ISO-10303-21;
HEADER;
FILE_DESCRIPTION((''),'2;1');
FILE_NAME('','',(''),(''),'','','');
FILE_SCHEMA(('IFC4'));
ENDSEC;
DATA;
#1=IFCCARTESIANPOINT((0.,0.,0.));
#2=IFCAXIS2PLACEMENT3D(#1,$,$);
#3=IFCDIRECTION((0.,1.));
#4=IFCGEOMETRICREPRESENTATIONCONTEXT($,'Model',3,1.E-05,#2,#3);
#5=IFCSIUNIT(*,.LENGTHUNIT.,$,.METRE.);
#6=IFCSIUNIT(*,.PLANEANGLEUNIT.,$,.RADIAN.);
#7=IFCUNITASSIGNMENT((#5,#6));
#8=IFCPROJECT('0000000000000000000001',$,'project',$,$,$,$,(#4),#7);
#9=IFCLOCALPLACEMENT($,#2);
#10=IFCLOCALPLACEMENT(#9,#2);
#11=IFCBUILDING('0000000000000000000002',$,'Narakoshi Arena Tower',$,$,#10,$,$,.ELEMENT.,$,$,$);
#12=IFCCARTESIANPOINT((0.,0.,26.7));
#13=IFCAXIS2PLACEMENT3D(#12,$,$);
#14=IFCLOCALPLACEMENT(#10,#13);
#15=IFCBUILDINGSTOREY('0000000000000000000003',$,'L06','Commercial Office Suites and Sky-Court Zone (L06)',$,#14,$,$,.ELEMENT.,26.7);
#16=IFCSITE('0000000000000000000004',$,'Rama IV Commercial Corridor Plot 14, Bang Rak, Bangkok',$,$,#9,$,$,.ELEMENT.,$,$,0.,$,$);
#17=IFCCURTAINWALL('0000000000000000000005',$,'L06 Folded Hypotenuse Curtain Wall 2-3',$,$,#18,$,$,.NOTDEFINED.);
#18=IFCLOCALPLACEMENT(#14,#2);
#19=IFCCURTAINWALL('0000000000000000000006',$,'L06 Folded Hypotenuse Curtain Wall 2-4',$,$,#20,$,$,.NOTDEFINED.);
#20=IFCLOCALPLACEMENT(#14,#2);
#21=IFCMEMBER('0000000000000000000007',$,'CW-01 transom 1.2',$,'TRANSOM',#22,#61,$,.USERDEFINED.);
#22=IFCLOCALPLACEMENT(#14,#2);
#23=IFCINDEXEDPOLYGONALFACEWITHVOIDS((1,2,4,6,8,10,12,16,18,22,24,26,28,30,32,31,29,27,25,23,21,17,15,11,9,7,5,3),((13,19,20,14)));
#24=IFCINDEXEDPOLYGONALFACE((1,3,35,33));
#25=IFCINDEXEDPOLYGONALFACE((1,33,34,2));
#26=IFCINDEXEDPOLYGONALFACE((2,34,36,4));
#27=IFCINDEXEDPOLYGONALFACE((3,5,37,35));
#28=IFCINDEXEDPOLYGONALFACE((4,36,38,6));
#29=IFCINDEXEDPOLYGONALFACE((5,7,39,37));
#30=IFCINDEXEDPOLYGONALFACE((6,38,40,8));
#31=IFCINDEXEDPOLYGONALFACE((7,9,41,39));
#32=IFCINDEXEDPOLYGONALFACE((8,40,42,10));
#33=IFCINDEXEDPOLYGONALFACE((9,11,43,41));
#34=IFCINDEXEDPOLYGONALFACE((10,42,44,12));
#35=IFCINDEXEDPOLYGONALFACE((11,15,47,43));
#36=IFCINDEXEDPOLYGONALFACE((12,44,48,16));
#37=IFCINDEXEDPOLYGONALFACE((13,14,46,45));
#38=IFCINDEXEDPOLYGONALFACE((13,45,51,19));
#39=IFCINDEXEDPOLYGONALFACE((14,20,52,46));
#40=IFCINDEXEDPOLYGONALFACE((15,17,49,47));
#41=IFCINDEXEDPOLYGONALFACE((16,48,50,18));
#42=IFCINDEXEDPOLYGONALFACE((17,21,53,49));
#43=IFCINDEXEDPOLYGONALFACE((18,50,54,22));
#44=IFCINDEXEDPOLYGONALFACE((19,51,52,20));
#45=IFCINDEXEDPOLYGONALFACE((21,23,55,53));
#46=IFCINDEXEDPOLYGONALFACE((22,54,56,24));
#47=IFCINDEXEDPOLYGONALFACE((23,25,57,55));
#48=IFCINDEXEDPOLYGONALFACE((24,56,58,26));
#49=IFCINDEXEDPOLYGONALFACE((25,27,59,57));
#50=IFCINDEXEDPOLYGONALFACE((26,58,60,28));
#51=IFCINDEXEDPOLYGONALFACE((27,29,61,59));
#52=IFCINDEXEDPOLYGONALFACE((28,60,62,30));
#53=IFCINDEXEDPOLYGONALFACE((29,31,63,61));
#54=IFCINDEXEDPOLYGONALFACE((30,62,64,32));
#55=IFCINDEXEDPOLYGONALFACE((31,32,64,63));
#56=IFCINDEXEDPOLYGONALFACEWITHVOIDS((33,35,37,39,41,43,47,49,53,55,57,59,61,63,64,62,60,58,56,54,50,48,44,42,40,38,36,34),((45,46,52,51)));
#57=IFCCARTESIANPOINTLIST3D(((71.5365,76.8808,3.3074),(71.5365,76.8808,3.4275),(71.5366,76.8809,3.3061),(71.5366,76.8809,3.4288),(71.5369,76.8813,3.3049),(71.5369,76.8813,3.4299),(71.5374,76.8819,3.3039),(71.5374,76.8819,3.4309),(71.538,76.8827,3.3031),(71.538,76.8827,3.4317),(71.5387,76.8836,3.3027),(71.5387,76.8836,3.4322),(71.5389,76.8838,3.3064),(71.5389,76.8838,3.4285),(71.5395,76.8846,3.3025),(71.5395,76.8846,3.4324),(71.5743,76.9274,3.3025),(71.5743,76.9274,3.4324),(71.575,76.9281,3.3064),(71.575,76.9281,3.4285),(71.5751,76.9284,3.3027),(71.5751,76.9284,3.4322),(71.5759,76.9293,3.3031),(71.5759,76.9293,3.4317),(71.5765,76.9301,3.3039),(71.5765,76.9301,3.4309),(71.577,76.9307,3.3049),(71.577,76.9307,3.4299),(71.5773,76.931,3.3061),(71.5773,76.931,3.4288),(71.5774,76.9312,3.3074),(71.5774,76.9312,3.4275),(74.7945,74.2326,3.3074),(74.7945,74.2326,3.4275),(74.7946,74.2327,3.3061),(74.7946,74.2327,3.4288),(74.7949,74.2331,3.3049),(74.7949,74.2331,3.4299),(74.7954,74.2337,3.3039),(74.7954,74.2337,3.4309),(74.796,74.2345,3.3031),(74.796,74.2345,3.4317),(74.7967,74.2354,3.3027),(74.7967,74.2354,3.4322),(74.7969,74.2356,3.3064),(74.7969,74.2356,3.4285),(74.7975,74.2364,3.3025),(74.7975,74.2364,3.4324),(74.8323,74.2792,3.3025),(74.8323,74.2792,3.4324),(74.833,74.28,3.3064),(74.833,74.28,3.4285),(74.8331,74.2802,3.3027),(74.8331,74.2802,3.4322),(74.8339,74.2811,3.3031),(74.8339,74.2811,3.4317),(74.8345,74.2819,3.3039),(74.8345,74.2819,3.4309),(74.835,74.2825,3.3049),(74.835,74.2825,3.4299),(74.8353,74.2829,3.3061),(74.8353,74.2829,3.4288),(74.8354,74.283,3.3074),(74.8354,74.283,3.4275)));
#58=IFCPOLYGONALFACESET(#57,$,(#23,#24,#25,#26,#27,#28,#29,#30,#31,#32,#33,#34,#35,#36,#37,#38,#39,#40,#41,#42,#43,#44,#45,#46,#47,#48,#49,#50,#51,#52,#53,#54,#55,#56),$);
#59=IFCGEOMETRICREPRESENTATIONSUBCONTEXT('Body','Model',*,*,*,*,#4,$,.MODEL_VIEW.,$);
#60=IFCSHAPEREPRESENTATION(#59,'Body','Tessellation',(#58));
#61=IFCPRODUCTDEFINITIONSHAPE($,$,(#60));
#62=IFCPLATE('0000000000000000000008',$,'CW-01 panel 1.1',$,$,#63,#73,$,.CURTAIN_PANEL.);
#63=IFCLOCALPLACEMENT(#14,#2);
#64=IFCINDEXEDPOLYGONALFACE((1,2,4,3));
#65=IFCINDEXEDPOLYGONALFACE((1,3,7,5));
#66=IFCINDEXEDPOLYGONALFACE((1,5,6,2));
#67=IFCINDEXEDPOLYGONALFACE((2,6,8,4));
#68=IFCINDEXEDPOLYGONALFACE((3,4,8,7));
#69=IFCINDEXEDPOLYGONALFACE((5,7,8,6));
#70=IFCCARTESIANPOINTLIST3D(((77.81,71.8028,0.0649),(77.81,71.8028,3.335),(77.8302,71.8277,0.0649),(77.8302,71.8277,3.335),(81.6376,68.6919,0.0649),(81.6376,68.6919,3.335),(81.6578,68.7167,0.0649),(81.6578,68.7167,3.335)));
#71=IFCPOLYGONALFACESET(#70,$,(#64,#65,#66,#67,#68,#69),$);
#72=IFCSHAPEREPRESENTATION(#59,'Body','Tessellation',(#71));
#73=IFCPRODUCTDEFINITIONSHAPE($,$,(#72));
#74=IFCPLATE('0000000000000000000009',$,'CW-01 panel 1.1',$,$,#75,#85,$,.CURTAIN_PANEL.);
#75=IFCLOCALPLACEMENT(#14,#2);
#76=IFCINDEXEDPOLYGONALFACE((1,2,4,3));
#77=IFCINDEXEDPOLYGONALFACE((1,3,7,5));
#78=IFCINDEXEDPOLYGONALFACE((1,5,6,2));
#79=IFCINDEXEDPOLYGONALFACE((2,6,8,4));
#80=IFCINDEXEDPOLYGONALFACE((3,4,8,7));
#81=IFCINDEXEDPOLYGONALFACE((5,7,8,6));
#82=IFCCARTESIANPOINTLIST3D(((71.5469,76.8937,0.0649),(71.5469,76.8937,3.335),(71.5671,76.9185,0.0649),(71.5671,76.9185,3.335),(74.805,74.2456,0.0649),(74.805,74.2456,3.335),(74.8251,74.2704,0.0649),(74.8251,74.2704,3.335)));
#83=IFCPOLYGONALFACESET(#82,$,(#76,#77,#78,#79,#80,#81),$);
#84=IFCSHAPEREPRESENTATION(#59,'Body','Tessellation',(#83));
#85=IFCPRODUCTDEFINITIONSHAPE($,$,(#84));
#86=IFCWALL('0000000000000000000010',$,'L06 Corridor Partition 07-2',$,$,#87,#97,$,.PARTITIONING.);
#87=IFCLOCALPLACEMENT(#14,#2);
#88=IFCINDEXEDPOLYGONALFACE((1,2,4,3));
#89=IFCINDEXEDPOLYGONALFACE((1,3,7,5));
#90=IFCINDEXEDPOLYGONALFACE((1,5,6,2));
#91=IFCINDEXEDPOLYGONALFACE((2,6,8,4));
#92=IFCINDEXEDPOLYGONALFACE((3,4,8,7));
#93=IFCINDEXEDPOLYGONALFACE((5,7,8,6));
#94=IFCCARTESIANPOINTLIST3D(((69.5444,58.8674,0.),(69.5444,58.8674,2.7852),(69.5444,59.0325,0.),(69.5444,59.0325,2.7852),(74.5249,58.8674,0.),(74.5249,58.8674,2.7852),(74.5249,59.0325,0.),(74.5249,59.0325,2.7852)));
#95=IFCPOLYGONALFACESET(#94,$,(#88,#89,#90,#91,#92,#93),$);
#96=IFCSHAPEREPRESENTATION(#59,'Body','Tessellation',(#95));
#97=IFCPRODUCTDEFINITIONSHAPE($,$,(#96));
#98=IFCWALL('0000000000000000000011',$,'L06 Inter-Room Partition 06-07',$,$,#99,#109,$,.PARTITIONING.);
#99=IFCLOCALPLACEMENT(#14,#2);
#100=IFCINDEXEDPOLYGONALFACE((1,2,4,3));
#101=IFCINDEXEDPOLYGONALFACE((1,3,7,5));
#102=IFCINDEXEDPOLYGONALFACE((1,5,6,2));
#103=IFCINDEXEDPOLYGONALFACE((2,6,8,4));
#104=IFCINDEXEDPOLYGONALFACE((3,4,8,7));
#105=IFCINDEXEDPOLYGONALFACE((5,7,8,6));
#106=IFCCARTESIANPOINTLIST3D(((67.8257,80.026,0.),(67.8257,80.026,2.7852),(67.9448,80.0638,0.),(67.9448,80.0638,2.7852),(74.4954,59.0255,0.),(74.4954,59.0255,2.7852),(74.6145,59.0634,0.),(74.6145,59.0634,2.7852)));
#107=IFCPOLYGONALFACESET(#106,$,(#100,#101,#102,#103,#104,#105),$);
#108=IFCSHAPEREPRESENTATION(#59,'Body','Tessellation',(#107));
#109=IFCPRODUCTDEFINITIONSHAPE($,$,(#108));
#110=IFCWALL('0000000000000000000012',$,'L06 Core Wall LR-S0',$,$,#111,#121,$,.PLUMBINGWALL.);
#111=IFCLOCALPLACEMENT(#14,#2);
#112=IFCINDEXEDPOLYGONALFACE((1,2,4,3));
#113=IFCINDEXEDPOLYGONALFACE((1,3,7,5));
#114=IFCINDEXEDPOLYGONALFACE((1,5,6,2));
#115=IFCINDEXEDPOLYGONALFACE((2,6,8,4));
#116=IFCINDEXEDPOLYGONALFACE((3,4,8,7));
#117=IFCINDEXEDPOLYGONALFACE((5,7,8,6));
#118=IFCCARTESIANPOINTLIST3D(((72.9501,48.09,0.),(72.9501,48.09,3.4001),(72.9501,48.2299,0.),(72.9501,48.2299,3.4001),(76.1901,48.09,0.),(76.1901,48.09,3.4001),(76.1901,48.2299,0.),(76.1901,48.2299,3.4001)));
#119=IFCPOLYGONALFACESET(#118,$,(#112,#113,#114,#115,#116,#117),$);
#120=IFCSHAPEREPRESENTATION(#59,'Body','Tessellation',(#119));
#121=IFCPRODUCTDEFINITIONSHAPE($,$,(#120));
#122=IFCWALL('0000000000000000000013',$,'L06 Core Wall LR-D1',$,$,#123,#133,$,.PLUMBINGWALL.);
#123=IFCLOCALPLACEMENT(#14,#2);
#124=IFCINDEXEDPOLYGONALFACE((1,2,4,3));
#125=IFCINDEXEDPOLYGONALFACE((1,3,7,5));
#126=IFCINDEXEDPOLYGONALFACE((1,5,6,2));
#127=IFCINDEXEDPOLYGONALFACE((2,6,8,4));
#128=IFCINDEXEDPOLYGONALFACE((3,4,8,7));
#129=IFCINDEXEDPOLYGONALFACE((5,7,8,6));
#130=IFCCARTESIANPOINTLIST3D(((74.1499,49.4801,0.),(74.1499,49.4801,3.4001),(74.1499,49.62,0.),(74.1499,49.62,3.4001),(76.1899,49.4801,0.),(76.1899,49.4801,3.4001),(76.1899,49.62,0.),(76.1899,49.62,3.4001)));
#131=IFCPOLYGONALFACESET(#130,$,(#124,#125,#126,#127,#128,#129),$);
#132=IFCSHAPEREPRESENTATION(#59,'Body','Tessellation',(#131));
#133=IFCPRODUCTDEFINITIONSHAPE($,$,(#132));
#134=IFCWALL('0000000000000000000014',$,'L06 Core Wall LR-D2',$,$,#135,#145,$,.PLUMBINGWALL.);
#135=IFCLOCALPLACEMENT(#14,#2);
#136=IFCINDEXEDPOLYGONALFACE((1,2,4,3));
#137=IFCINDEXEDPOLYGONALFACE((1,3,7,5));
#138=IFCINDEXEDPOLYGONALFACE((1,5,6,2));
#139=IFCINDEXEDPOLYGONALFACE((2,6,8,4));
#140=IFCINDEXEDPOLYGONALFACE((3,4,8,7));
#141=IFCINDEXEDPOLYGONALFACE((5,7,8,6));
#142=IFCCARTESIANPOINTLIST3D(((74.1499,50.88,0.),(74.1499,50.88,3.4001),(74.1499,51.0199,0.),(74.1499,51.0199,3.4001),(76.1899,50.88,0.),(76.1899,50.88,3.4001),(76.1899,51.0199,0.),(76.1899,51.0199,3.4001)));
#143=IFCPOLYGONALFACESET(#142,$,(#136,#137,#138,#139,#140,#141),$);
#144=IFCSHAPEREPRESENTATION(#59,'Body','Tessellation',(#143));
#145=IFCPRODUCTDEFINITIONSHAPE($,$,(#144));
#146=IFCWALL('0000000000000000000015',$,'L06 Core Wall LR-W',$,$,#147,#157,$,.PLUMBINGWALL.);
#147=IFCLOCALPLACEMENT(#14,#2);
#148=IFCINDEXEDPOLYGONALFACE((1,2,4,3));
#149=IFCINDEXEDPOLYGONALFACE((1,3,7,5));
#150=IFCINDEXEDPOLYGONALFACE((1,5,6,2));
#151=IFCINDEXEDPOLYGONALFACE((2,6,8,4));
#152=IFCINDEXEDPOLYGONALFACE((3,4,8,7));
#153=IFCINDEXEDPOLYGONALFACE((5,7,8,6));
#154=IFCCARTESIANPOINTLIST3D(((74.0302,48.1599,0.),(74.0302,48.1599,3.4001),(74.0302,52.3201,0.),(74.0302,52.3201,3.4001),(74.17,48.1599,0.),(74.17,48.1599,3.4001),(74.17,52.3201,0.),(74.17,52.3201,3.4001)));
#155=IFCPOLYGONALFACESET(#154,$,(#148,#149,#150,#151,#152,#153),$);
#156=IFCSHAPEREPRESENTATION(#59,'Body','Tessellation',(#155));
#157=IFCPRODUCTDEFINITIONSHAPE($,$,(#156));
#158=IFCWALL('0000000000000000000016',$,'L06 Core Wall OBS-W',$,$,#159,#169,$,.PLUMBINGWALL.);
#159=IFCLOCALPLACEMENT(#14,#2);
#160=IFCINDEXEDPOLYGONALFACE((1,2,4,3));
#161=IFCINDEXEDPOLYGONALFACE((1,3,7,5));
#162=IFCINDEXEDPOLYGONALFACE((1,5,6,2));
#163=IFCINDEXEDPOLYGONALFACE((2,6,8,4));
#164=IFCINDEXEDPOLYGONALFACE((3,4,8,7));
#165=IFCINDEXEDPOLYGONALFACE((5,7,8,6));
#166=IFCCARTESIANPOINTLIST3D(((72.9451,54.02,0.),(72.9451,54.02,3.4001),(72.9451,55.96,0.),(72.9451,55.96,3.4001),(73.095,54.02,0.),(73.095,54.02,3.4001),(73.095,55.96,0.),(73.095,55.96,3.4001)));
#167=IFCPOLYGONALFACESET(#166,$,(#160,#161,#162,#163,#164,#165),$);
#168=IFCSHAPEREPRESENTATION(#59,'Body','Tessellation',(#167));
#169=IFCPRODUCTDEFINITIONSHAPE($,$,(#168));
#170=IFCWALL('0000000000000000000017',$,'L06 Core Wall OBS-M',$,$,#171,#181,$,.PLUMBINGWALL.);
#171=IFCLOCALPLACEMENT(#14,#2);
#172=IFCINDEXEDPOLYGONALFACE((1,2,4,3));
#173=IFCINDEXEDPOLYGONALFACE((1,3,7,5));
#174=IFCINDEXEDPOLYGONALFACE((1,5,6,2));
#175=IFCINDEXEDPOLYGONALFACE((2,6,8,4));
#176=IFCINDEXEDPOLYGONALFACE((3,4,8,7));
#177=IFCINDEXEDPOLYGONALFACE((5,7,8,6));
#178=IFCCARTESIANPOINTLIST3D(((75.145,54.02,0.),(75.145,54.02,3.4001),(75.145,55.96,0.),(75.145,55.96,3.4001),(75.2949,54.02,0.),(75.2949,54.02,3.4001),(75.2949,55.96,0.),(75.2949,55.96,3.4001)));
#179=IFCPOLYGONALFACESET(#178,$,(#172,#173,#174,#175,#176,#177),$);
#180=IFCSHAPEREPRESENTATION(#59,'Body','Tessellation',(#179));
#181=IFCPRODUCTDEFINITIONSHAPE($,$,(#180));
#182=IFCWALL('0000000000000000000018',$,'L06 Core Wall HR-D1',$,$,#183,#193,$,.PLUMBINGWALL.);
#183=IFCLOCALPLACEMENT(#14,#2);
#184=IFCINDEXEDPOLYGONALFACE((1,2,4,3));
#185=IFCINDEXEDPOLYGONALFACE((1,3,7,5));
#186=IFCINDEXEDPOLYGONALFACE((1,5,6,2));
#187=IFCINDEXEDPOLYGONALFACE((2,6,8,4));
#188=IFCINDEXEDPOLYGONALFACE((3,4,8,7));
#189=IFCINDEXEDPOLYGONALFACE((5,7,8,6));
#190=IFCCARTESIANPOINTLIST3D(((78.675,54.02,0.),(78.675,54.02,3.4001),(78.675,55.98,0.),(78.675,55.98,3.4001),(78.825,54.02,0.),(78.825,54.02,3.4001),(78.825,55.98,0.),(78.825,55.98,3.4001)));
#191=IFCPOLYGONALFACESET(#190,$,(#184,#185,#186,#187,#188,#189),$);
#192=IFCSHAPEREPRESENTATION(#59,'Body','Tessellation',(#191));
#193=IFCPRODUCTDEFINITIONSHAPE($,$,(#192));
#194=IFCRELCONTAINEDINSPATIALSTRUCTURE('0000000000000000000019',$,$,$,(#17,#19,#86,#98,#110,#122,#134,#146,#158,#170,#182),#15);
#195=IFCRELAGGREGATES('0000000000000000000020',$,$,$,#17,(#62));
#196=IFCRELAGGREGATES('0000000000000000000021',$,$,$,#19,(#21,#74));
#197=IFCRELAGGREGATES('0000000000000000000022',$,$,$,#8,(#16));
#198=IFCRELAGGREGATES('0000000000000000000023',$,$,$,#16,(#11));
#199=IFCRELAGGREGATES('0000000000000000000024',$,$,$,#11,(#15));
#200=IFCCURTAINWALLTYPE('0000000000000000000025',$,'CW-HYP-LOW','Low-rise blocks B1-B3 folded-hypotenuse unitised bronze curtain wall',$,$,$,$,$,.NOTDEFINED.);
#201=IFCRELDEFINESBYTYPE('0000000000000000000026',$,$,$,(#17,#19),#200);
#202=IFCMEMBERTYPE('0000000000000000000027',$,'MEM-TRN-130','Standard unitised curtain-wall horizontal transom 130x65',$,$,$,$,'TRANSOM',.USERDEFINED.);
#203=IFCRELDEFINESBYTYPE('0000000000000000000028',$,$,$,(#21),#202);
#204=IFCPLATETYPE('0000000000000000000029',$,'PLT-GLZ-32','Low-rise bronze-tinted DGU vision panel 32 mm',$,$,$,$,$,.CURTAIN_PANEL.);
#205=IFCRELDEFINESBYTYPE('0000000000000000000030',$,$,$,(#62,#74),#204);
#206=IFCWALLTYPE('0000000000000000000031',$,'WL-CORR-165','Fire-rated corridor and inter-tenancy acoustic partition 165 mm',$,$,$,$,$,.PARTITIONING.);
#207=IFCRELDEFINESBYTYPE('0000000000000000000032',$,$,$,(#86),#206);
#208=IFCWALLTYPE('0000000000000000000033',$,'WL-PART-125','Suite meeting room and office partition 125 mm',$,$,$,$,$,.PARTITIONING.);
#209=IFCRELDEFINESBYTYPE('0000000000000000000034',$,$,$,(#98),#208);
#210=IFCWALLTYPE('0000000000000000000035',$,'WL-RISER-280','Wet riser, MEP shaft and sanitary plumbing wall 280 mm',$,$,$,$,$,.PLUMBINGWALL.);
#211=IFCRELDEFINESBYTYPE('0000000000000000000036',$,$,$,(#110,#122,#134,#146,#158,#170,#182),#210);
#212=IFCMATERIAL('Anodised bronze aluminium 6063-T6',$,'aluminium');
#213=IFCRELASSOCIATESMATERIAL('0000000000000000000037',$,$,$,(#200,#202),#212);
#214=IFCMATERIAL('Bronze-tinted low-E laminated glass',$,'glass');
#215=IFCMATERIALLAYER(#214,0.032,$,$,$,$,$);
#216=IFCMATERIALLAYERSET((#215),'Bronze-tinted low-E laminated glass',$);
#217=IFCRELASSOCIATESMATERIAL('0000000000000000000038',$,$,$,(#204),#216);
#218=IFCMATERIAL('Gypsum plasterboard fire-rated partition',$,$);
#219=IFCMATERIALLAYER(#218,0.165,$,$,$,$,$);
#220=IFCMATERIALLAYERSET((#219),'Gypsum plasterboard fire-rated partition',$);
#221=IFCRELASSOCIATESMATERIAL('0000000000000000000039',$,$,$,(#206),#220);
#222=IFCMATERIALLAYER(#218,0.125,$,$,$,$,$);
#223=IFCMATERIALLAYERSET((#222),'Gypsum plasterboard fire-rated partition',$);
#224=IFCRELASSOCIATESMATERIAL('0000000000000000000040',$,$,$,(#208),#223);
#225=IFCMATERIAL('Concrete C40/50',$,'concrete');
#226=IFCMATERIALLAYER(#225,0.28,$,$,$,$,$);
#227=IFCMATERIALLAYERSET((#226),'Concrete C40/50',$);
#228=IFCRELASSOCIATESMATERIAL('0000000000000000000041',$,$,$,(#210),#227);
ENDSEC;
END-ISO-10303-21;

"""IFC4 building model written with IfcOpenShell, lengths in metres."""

from ifc_helpers import new_model, si_unit, direction, frame, frame_2d, origin, origin_2d, place, context, subcontext, project, spatial, rectangle, hollow_rectangle, extrude, material, layer, layer_set, material_profile, profile_set, type_object, element, aggregate, save


model = new_model("IFC4")

# Units and contexts
model_context = context("Model", 3, precision=1e-05, world=origin(), true_north=direction((0.0, 1.0)))
body_context = subcontext(model_context, "Body", "Model", "MODEL_VIEW")
ifc_project = project(units=[si_unit("LENGTHUNIT", "METRE"), si_unit("PLANEANGLEUNIT", "RADIAN")], contexts=[model_context])

# Site, building, storey
site_placement = place(None, origin())
site = spatial("IfcSite", under=ifc_project, at=site_placement, Name="Rama IV Commercial Corridor Plot 14, Bang Rak, Bangkok", CompositionType="ELEMENT", RefElevation=0.0)
building_placement = place(site_placement, origin())
building = spatial("IfcBuilding", under=site, at=building_placement, Name="Narakoshi Arena Tower", CompositionType="ELEMENT")
storey_placement = place(building_placement, frame((0.0, 0.0, 26.7)))
storey = spatial("IfcBuildingStorey", under=building, at=storey_placement, Name="L06", Description="Commercial Office Suites and Sky-Court Zone (L06)", CompositionType="ELEMENT", Elevation=26.7)

# Curtain wall
ifc_material_1 = material(Name="Anodised bronze aluminium 6063-T6", Category="aluminium")
curtain_wall_type = type_object("IfcCurtainWallType", Name="CW-HYP-LOW", Description="Low-rise blocks B1-B3 folded-hypotenuse unitised bronze curtain wall", PredefinedType="NOTDEFINED", material=ifc_material_1)
curtain_wall_1_placement = place(storey_placement, origin())
curtain_wall_1 = element("IfcCurtainWall", 1, at=curtain_wall_1_placement, inside=storey, type_object=curtain_wall_type, Name="L06 Folded Hypotenuse Curtain Wall 2-3", PredefinedType="NOTDEFINED")

# Curtain wall, member
curtain_wall_2_placement = place(storey_placement, origin())
curtain_wall_2 = element("IfcCurtainWall", 2, at=curtain_wall_2_placement, inside=storey, type_object=curtain_wall_type, Name="L06 Folded Hypotenuse Curtain Wall 2-4", PredefinedType="NOTDEFINED")
ifc_material_profile_1 = material_profile(ifc_material_1, hollow_rectangle(XDim=0.0649, YDim=0.1299, WallThickness=0.0039, OuterFilletRadius=0.0049, at=origin_2d()), Name="TRN130x65x4")
ifc_profile_set_1 = profile_set([ifc_material_profile_1], Name="Anodised bronze aluminium 6063-T6")
member_type_1 = type_object("IfcMemberType", Name="MEM-TRN-130", Description="Standard unitised curtain-wall horizontal transom 130x65", ElementType="TRANSOM", PredefinedType="USERDEFINED", material=ifc_profile_set_1)
member_1_placement = place(storey_placement, frame((74.8149, 74.2578, 3.3674), z_axis=(-0.775995, 0.630739, 0.0), x_axis=(-0.630739, -0.775995, 0.0)))
member_1 = element("IfcMember", 3, at=member_1_placement, type_object=member_type_1, Name="CW-01 transom 1.2", ObjectType="TRANSOM", PredefinedType="USERDEFINED", context=body_context, shape_type="SweptSolid", body=[
    extrude(hollow_rectangle(XDim=0.0649, YDim=0.1299, WallThickness=0.0039, OuterFilletRadius=0.0049, at=origin_2d()), origin(), (0.0, 0.0, 1.0), 4.1985),
])

# Plates
ifc_material_2 = material(Name="Bronze-tinted low-E laminated glass", Category="glass")
ifc_layer_1 = layer(ifc_material_2, 0.032)
ifc_layer_set_1 = layer_set([ifc_layer_1], Name="Bronze-tinted low-E laminated glass")
plate_type = type_object("IfcPlateType", Name="PLT-GLZ-32", Description="Low-rise bronze-tinted DGU vision panel 32 mm", PredefinedType="CURTAIN_PANEL", material=ifc_layer_set_1)
plate_1_placement = place(storey_placement, frame((79.7339, 70.2598, 0.0649), z_axis=(0.0, 0.0, 1.0), x_axis=(-0.776008, 0.630723, 0.0)))
plate_1 = element("IfcPlate", 4, at=plate_1_placement, type_object=plate_type, Name="CW-01 panel 1.1", PredefinedType="CURTAIN_PANEL", context=body_context, shape_type="SweptSolid", body=[
    extrude(rectangle(XDim=4.9324, YDim=0.032, at=origin_2d()), origin(), (0.0, 0.0, 1.0), 3.27),
])
aggregate(curtain_wall_1, [plate_1])
plate_2_placement = place(storey_placement, frame((73.186, 75.582, 0.0649), z_axis=(0.0, 0.0, 1.0), x_axis=(-0.775999, 0.630734, 0.0)))
plate_2 = element("IfcPlate", 5, at=plate_2_placement, type_object=plate_type, Name="CW-01 panel 1.1", PredefinedType="CURTAIN_PANEL", context=body_context, shape_type="SweptSolid", body=[
    extrude(rectangle(XDim=4.1985, YDim=0.032, at=origin_2d()), origin(), (0.0, 0.0, 1.0), 3.27),
])
aggregate(curtain_wall_2, [member_1, plate_2])

# Walls
ifc_material_3 = material(Name="Gypsum plasterboard fire-rated partition")
ifc_layer_2 = layer(ifc_material_3, 0.165)
ifc_layer_set_2 = layer_set([ifc_layer_2], Name="Gypsum plasterboard fire-rated partition")
wall_type_1 = type_object("IfcWallType", Name="WL-CORR-165", Description="Fire-rated corridor and inter-tenancy acoustic partition 165 mm", PredefinedType="PARTITIONING", material=ifc_layer_set_2)
wall_1_placement = place(storey_placement, frame((74.5249, 58.95, 0.0), z_axis=(0.0, 0.0, 1.0), x_axis=(-1.0, 0.0, 0.0)))
element("IfcWall", 6, at=wall_1_placement, inside=storey, type_object=wall_type_1, Name="L06 Corridor Partition 07-2", PredefinedType="PARTITIONING", context=body_context, shape_type="SweptSolid", body=[
    extrude(rectangle(XDim=4.9805, YDim=0.165, at=frame_2d((2.4902, 0.0))), origin(), (0.0, 0.0, 1.0), 2.7852),
])
ifc_layer_3 = layer(ifc_material_3, 0.125)
ifc_layer_set_3 = layer_set([ifc_layer_3], Name="Gypsum plasterboard fire-rated partition")
wall_type_2 = type_object("IfcWallType", Name="WL-PART-125", Description="Suite meeting room and office partition 125 mm", PredefinedType="PARTITIONING", material=ifc_layer_set_3)
wall_2_placement = place(storey_placement, frame((74.5549, 59.0444, 0.0), z_axis=(0.0, 0.0, 1.0), x_axis=(-0.302697, 0.953087, 0.0)))
element("IfcWall", 7, at=wall_2_placement, inside=storey, type_object=wall_type_2, Name="L06 Inter-Room Partition 06-07", PredefinedType="PARTITIONING", context=body_context, shape_type="SweptSolid", body=[
    extrude(rectangle(XDim=22.0342, YDim=0.125, at=frame_2d((11.0171, 0.0))), origin(), (0.0, 0.0, 1.0), 2.7852),
])
ifc_material_4 = material(Name="Concrete C40/50", Category="concrete")
ifc_layer_4 = layer(ifc_material_4, 0.28)
ifc_layer_set_4 = layer_set([ifc_layer_4], Name="Concrete C40/50")
wall_type_3 = type_object("IfcWallType", Name="WL-RISER-280", Description="Wet riser, MEP shaft and sanitary plumbing wall 280 mm", PredefinedType="PLUMBINGWALL", material=ifc_layer_set_4)
wall_3_placement = place(storey_placement, frame((72.95, 48.1599, 0.0), z_axis=(0.0, 0.0, 1.0), x_axis=(1.0, 0.0, 0.0)))
element("IfcWall", 8, at=wall_3_placement, inside=storey, type_object=wall_type_3, Name="L06 Core Wall LR-S0", PredefinedType="PLUMBINGWALL", context=body_context, shape_type="SweptSolid", body=[
    extrude(rectangle(XDim=3.24, YDim=0.1399, at=frame_2d((1.6201, 0.0))), origin(), (0.0, 0.0, 1.0), 3.4001),
])
for number, where, z_axis, x_axis, name in (
    (9, (74.1499, 49.55, 0.0), (0.0, 0.0, 1.0), (1.0, 0.0, 0.0), "L06 Core Wall LR-D1"),
    (10, (74.1499, 50.95, 0.0), (0.0, 0.0, 1.0), (1.0, 0.0, 0.0), "L06 Core Wall LR-D2"),
):
    element("IfcWall", number, at=place(storey_placement, frame(where, z_axis=z_axis, x_axis=x_axis)), inside=storey, type_object=wall_type_3, Name=name, PredefinedType="PLUMBINGWALL", context=body_context, shape_type="SweptSolid", body=[
        extrude(rectangle(XDim=2.04, YDim=0.1399, at=frame_2d((1.02, 0.0))), origin(), (0.0, 0.0, 1.0), 3.4001),
    ])
wall_4_placement = place(storey_placement, frame((74.1001, 48.1599, 0.0), z_axis=(0.0, 0.0, 1.0), x_axis=(0.0, 1.0, 0.0)))
element("IfcWall", 11, at=wall_4_placement, inside=storey, type_object=wall_type_3, Name="L06 Core Wall LR-W", PredefinedType="PLUMBINGWALL", context=body_context, shape_type="SweptSolid", body=[
    extrude(rectangle(XDim=4.1602, YDim=0.1399, at=frame_2d((2.0801, 0.0))), origin(), (0.0, 0.0, 1.0), 3.4001),
])
for number, where, z_axis, x_axis, name in (
    (12, (73.02, 54.02, 0.0), (0.0, 0.0, 1.0), (0.0, 1.0, 0.0), "L06 Core Wall OBS-W"),
    (13, (75.22, 54.02, 0.0), (0.0, 0.0, 1.0), (0.0, 1.0, 0.0), "L06 Core Wall OBS-M"),
):
    element("IfcWall", number, at=place(storey_placement, frame(where, z_axis=z_axis, x_axis=x_axis)), inside=storey, type_object=wall_type_3, Name=name, PredefinedType="PLUMBINGWALL", context=body_context, shape_type="SweptSolid", body=[
        extrude(rectangle(XDim=1.9399, YDim=0.1499, at=frame_2d((0.97, 0.0))), origin(), (0.0, 0.0, 1.0), 3.4001),
    ])
wall_5_placement = place(storey_placement, frame((78.75, 54.02, 0.0), z_axis=(0.0, 0.0, 1.0), x_axis=(0.0, 1.0, 0.0)))
element("IfcWall", 14, at=wall_5_placement, inside=storey, type_object=wall_type_3, Name="L06 Core Wall HR-D1", PredefinedType="PLUMBINGWALL", context=body_context, shape_type="SweptSolid", body=[
    extrude(rectangle(XDim=1.96, YDim=0.1499, at=frame_2d((0.98, 0.0))), origin(), (0.0, 0.0, 1.0), 3.4001),
])

save(model, "model.ifc")
